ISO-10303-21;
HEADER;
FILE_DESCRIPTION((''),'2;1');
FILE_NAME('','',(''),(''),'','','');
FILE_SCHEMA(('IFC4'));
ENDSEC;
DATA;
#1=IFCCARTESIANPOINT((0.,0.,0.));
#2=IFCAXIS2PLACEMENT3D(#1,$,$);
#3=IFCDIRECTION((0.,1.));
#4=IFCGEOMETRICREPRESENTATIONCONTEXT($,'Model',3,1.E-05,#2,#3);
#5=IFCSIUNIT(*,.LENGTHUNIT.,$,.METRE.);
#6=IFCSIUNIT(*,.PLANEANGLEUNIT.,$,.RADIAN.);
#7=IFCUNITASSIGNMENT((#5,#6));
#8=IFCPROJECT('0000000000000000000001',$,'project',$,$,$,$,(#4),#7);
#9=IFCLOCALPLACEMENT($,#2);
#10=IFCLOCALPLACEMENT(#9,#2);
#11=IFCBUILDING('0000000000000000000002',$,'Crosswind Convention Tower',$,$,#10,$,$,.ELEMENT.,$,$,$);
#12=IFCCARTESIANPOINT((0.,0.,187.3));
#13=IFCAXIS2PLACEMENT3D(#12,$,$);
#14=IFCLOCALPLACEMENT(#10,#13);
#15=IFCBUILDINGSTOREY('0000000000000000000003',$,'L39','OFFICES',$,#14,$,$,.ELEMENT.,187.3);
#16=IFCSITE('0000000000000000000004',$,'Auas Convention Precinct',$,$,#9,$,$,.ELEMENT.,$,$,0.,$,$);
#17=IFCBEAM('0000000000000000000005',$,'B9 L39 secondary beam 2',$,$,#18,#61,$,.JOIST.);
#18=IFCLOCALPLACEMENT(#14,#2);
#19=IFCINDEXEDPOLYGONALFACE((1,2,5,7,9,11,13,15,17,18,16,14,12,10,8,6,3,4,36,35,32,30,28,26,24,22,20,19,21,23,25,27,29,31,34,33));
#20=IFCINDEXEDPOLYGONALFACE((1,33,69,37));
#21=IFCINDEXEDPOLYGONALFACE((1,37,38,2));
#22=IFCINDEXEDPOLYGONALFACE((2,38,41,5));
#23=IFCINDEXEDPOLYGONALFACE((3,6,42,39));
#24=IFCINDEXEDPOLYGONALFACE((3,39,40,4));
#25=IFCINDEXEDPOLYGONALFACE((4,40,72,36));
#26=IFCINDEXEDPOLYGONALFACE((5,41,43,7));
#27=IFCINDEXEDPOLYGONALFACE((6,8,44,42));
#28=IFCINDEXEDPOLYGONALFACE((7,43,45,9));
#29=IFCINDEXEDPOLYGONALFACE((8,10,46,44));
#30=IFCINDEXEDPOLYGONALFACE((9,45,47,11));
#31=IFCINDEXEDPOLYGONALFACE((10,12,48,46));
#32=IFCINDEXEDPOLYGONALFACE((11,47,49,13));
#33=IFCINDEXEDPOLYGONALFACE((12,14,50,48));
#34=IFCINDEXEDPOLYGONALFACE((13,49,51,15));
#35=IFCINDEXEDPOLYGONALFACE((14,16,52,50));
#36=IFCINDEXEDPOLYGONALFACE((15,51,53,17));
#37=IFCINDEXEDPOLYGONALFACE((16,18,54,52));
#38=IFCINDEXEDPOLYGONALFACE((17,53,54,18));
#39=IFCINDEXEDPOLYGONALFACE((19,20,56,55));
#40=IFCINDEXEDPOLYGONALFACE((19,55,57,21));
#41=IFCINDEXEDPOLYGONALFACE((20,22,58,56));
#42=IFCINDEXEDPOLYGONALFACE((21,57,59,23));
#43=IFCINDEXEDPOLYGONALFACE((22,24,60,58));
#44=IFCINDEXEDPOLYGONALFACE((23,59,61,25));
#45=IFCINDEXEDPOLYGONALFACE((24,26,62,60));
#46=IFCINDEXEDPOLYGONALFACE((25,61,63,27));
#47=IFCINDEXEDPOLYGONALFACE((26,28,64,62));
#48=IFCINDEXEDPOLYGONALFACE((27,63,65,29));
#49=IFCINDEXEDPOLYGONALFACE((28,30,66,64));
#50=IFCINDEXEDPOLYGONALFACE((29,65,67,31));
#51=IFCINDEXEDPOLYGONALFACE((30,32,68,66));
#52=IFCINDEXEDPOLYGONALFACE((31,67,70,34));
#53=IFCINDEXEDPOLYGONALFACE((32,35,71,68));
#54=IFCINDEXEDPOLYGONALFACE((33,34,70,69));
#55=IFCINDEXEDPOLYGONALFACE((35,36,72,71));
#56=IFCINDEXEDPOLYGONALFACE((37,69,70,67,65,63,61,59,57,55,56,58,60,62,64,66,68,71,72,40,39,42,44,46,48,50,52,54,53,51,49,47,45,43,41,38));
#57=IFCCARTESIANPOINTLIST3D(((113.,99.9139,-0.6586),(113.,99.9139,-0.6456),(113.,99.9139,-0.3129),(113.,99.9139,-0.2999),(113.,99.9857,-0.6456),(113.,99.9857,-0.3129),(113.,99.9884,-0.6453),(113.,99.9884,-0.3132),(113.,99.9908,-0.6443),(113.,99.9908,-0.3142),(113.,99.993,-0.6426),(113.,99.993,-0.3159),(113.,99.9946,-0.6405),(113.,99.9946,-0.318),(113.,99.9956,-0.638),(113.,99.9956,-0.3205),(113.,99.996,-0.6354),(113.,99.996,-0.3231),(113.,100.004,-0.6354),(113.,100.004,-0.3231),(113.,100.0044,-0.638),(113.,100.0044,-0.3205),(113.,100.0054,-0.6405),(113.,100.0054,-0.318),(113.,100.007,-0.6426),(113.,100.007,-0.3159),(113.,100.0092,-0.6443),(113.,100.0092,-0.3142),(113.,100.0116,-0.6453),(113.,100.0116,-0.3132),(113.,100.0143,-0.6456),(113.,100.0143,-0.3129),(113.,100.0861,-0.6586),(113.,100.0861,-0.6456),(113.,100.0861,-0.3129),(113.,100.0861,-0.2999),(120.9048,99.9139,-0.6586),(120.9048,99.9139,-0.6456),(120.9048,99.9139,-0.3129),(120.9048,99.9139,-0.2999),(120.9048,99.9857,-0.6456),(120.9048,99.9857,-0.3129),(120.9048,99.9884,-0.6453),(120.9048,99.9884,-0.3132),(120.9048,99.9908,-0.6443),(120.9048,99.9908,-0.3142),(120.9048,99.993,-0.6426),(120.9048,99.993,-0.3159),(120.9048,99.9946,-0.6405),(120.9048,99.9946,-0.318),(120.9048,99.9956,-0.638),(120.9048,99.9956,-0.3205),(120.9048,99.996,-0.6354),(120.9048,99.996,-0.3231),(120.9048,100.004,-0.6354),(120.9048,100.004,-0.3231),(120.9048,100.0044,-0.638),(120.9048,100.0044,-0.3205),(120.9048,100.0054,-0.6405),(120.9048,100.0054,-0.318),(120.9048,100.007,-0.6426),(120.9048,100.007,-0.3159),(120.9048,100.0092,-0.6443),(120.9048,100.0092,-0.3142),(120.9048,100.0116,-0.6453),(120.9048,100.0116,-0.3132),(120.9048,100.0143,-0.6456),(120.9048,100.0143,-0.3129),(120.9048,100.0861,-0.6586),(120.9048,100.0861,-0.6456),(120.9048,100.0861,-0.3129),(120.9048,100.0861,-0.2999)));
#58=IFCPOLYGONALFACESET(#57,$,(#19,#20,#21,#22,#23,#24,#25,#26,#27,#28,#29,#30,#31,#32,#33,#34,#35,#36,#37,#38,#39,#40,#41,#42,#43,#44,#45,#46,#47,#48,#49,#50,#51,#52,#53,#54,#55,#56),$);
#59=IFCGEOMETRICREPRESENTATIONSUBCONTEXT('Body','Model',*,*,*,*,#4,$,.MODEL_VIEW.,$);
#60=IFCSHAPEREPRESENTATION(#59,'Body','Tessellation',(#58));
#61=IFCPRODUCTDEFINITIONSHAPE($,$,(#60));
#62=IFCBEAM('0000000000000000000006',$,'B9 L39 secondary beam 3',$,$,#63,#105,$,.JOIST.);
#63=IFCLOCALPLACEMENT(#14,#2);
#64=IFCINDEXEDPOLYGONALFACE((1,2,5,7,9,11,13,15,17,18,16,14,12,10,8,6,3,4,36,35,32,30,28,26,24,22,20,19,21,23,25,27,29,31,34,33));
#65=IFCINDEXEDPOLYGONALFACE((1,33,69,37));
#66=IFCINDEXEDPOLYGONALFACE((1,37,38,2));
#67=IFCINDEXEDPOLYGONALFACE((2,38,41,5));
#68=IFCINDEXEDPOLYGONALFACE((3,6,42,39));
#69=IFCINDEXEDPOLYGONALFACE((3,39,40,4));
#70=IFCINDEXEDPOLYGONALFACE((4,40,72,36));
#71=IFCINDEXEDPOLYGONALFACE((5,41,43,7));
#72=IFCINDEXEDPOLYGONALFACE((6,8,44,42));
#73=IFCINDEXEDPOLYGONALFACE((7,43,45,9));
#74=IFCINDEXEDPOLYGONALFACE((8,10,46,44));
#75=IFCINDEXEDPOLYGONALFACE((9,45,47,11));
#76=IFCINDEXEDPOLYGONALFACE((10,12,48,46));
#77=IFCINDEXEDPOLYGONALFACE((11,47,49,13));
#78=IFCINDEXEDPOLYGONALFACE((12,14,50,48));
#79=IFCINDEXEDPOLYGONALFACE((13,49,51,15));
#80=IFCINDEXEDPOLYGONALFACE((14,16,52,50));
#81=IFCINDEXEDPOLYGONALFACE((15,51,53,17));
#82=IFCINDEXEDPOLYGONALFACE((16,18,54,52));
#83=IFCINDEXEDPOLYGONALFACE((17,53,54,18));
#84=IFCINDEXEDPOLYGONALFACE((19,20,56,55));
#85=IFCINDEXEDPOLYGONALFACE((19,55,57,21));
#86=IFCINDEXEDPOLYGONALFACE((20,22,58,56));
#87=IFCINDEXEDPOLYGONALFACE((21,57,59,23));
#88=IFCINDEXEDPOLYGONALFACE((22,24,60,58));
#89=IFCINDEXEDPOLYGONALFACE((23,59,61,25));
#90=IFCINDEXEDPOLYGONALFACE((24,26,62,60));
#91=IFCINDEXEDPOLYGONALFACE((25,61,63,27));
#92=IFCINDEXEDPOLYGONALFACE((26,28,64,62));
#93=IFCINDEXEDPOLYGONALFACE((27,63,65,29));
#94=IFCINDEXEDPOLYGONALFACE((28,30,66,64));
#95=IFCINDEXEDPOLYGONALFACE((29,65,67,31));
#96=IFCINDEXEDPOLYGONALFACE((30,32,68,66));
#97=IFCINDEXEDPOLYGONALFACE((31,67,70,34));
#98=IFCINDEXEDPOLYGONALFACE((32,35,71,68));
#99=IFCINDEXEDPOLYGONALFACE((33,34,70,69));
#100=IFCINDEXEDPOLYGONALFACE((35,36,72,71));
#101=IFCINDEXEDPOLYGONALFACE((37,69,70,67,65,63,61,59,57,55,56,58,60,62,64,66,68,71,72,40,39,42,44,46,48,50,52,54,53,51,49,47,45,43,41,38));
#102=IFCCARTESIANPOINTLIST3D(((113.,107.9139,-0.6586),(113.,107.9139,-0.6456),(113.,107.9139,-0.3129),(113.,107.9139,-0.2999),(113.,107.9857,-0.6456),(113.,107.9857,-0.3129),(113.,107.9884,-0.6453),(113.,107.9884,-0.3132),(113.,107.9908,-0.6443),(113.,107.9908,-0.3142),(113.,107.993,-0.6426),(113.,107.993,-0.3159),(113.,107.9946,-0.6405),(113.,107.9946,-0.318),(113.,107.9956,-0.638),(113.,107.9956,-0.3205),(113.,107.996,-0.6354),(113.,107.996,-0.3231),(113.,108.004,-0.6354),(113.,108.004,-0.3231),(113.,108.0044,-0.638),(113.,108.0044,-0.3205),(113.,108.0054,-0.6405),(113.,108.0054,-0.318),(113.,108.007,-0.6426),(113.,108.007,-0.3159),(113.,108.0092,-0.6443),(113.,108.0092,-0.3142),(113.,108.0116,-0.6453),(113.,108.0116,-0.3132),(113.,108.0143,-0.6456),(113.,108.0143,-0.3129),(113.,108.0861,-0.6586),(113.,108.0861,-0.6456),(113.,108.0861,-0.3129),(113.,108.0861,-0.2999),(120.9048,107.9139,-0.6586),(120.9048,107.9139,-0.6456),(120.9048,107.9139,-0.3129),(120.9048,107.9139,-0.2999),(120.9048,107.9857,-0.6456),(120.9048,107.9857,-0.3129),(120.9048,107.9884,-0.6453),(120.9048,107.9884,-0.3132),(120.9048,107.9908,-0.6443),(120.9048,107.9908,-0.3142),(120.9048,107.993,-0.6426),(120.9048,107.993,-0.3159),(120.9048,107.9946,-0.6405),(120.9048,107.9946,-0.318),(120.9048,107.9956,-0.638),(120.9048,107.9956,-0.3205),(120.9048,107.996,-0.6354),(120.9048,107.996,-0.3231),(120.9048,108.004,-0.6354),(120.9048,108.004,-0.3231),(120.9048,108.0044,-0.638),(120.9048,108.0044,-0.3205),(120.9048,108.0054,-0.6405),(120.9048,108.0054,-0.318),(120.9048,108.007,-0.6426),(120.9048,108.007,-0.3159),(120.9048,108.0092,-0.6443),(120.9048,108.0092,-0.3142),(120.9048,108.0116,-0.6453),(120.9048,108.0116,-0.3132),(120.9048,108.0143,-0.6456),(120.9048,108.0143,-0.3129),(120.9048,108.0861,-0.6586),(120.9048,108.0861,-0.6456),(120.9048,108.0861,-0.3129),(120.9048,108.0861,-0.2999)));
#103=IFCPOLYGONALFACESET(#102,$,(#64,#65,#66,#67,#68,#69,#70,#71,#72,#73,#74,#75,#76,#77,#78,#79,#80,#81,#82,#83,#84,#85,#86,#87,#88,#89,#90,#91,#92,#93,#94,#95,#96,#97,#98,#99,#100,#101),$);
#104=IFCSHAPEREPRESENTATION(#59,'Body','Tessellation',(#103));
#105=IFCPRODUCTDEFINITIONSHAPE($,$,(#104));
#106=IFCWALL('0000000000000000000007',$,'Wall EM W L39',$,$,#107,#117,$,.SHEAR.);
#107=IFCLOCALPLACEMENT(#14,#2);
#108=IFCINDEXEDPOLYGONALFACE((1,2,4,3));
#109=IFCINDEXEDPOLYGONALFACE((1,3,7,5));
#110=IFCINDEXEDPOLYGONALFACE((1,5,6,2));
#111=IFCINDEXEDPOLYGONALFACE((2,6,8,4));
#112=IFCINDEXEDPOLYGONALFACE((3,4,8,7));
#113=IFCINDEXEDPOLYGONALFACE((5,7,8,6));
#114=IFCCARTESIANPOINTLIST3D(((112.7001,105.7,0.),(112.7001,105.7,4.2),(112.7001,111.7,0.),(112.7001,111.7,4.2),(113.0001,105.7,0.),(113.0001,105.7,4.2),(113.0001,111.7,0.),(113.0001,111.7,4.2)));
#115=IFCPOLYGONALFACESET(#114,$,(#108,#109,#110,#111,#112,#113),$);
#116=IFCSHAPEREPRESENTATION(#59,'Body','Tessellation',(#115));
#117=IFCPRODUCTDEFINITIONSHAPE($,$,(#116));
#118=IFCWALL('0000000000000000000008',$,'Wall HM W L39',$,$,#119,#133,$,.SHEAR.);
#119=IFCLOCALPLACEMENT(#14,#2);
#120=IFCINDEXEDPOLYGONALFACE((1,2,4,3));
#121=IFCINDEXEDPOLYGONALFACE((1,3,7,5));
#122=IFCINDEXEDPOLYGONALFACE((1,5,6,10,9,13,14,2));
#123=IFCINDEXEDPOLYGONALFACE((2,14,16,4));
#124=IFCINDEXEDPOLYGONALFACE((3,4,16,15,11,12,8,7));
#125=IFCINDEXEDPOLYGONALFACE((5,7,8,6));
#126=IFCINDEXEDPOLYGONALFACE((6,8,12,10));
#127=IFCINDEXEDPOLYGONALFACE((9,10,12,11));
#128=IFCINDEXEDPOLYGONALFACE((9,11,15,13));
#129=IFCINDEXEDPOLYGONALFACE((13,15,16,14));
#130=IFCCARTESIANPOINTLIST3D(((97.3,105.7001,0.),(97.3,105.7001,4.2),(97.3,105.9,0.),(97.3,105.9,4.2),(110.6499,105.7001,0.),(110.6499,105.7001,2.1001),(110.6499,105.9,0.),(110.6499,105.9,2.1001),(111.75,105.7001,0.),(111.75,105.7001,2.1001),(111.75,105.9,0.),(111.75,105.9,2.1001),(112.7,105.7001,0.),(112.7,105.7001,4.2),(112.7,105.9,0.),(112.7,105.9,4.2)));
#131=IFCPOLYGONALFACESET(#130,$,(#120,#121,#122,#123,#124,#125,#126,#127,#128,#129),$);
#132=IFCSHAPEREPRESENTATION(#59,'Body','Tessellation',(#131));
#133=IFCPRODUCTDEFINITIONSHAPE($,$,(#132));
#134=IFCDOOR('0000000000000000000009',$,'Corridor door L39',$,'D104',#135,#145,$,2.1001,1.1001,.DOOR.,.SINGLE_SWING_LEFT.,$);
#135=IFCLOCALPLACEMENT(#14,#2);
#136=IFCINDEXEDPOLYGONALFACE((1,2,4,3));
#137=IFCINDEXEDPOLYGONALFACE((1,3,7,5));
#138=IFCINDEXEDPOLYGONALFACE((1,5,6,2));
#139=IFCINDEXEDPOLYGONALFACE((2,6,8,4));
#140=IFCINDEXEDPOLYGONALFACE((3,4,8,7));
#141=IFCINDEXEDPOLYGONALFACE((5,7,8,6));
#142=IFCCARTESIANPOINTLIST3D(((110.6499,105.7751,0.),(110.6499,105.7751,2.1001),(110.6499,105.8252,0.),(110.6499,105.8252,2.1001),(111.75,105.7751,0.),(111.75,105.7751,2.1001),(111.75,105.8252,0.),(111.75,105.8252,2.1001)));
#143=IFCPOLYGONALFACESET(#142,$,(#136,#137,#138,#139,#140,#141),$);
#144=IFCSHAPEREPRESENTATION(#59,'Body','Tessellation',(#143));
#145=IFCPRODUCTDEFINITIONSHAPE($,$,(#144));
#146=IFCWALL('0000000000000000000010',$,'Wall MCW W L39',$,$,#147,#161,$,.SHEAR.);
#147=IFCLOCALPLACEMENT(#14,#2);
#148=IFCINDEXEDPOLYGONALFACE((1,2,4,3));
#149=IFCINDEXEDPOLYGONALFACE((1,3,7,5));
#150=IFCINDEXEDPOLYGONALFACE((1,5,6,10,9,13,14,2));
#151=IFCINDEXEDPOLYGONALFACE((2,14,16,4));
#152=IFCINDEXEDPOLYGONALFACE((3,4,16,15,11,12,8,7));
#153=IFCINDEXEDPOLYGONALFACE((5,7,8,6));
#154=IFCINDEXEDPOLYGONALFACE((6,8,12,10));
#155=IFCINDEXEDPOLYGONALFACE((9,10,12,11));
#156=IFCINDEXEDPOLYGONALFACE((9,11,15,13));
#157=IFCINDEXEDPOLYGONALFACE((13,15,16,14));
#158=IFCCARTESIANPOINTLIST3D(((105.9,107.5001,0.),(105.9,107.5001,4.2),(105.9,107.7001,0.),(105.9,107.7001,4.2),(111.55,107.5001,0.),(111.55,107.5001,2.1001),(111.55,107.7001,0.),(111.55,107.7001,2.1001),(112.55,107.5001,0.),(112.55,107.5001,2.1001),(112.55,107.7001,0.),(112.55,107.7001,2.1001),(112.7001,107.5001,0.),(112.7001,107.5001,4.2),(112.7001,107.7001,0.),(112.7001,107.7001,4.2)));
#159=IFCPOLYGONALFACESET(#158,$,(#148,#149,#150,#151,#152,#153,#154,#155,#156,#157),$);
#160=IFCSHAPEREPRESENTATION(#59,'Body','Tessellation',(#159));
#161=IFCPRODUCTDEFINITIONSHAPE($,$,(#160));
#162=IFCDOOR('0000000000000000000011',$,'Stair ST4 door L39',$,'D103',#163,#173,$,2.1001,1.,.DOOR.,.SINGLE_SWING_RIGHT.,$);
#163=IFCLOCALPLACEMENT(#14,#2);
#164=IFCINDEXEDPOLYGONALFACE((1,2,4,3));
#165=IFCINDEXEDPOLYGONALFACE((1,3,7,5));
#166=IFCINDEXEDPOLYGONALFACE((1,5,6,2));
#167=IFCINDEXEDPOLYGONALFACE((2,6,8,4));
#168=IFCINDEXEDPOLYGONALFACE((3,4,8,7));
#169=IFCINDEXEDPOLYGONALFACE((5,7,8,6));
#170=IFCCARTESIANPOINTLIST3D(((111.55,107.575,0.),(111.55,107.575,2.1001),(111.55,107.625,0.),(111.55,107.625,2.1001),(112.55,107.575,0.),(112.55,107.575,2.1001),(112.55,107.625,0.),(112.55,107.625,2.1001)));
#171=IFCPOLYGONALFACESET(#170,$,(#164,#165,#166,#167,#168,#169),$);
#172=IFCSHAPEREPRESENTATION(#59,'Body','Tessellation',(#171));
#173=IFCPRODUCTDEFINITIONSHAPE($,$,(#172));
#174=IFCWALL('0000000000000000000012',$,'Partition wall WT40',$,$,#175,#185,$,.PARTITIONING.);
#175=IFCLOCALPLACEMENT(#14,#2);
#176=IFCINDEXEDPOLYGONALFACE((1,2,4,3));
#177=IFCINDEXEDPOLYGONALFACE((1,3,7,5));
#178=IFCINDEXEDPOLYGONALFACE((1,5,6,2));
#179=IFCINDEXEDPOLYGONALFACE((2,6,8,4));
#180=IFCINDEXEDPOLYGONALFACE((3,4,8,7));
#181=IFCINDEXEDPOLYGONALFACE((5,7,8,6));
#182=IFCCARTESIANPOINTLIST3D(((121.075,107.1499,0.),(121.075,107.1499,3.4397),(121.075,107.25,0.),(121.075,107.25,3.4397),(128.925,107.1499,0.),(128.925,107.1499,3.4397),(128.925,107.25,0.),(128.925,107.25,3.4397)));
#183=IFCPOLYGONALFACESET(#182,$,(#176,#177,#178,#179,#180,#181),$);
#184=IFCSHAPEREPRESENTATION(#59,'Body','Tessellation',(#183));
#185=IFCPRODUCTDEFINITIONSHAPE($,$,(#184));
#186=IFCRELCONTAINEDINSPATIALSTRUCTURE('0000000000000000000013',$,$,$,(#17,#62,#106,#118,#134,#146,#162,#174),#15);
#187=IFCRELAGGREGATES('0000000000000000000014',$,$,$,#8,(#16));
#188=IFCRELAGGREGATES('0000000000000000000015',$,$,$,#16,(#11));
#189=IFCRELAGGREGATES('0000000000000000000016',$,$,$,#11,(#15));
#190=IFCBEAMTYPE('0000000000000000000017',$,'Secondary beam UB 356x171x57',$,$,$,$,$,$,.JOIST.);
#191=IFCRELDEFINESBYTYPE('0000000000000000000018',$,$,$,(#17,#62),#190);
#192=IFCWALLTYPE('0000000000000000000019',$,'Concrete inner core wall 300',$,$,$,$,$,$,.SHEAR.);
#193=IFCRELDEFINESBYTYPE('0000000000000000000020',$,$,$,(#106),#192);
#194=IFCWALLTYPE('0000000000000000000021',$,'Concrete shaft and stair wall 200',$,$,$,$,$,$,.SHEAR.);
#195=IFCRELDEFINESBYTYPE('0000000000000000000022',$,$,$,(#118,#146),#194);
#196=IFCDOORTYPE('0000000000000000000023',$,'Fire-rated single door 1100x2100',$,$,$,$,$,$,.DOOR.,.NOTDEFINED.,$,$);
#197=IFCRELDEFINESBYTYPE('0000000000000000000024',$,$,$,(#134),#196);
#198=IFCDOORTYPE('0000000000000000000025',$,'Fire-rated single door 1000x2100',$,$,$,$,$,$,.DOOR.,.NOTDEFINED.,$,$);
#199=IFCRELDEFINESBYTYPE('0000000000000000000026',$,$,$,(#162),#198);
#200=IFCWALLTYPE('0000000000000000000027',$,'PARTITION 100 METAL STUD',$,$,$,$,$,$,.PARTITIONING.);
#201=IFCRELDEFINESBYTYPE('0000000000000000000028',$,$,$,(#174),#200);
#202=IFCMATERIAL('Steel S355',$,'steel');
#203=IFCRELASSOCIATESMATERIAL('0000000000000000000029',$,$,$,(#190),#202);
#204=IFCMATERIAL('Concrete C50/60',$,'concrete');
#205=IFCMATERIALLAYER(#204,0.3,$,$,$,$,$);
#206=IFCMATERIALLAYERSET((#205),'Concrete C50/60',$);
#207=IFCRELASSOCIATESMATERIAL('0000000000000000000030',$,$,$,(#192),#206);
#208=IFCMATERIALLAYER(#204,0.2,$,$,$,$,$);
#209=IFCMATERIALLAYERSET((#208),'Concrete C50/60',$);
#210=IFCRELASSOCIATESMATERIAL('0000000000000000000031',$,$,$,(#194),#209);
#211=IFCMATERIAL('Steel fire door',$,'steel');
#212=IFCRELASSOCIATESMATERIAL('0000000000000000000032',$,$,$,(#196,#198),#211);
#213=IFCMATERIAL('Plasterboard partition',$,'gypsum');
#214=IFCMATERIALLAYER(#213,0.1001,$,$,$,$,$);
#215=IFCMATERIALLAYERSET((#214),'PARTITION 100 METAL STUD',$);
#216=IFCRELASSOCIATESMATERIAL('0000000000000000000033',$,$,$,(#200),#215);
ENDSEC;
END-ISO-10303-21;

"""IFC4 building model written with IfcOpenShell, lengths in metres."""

from ifc_helpers import new_model, si_unit, direction, frame, frame_2d, origin, origin_2d, place, context, subcontext, project, spatial, rectangle, i_section, extrude, material, layer, layer_set, material_profile, profile_set, type_object, element, fill, save


model = new_model("IFC4")

# Units and contexts
model_context = context("Model", 3, precision=1e-05, world=origin(), true_north=direction((0.0, 1.0)))
body_context = subcontext(model_context, "Body", "Model", "MODEL_VIEW")
ifc_project = project(units=[si_unit("LENGTHUNIT", "METRE"), si_unit("PLANEANGLEUNIT", "RADIAN")], contexts=[model_context])

# Site, building, storey
site_placement = place(None, origin())
site = spatial("IfcSite", under=ifc_project, at=site_placement, Name="Auas Convention Precinct", CompositionType="ELEMENT", RefElevation=0.0)
building_placement = place(site_placement, origin())
building = spatial("IfcBuilding", under=site, at=building_placement, Name="Crosswind Convention Tower", CompositionType="ELEMENT")
storey_placement = place(building_placement, frame((0.0, 0.0, 187.3)))
storey = spatial("IfcBuildingStorey", under=building, at=storey_placement, Name="L39", Description="OFFICES", CompositionType="ELEMENT", Elevation=187.3)

# Beams
ifc_material_1 = material(Name="Steel S355", Category="steel")
ifc_material_profile_1 = material_profile(ifc_material_1, i_section(OverallWidth=0.1721, OverallDepth=0.3586, WebThickness=0.0081, FlangeThickness=0.0129, FilletRadius=0.0103, at=origin_2d()), Name="UB 356x171x57")
ifc_profile_set_1 = profile_set([ifc_material_profile_1], Name="Steel S355")
beam_type_1 = type_object("IfcBeamType", Name="Secondary beam UB 356x171x57", PredefinedType="JOIST", material=ifc_profile_set_1)
for number, where, z_axis, x_axis, name in (
    (1, (113.0, 100.0, -0.4792), (1.0, 0.0, 0.0), (0.0, 1.0, 0.0), "B9 L39 secondary beam 2"),
    (2, (113.0, 108.0, -0.4792), (1.0, 0.0, 0.0), (0.0, 1.0, 0.0), "B9 L39 secondary beam 3"),
):
    element("IfcBeam", number, at=place(storey_placement, frame(where, z_axis=z_axis, x_axis=x_axis)), inside=storey, type_object=beam_type_1, Name=name, PredefinedType="JOIST", context=body_context, shape_type="SweptSolid", body=[
        extrude(i_section(OverallWidth=0.1721, OverallDepth=0.3586, WebThickness=0.0081, FlangeThickness=0.0129, FilletRadius=0.0103, at=origin_2d()), origin(), (0.0, 0.0, 1.0), 7.9048),
    ])

# Shared definitions
ifc_material_2 = material(Name="Concrete C50/60", Category="concrete")
ifc_layer_1 = layer(ifc_material_2, 0.3)
ifc_layer_set_1 = layer_set([ifc_layer_1], Name="Concrete C50/60")
wall_type_1 = type_object("IfcWallType", Name="Concrete inner core wall 300", PredefinedType="SHEAR", material=ifc_layer_set_1)

# Wall
wall_1_placement = place(storey_placement, frame((112.8501, 111.7, 0.0), z_axis=(0.0, 0.0, 1.0), x_axis=(0.0, -1.0, 0.0)))
element("IfcWall", 3, at=wall_1_placement, inside=storey, type_object=wall_type_1, Name="Wall EM W L39", PredefinedType="SHEAR", context=body_context, shape_type="SweptSolid", body=[
    extrude(rectangle(XDim=6.0, YDim=0.3, at=frame_2d((3.0, 0.0))), origin(), (0.0, 0.0, 1.0), 4.2),
])

# Walls, openings, doors
ifc_layer_2 = layer(ifc_material_2, 0.2)
ifc_layer_set_2 = layer_set([ifc_layer_2], Name="Concrete C50/60")
wall_type_2 = type_object("IfcWallType", Name="Concrete shaft and stair wall 200", PredefinedType="SHEAR", material=ifc_layer_set_2)
wall_2_placement = place(storey_placement, frame((112.7, 105.8, 0.0), z_axis=(0.0, 0.0, 1.0), x_axis=(-1.0, 0.0, 0.0)))
wall_2 = element("IfcWall", 4, at=wall_2_placement, inside=storey, type_object=wall_type_2, Name="Wall HM W L39", PredefinedType="SHEAR", context=body_context, shape_type="SweptSolid", body=[
    extrude(rectangle(XDim=15.3999, YDim=0.2, at=frame_2d((7.7, 0.0))), origin(), (0.0, 0.0, 1.0), 4.2),
])
opening_1_placement = place(wall_2_placement, frame((0.95, 0.0, 0.0)))
opening_1 = element("IfcOpeningElement", 5, at=opening_1_placement, cuts=wall_2, PredefinedType="OPENING", context=body_context, shape_type="SweptSolid", body=[
    extrude(rectangle(XDim=1.1001, YDim=2.1001, at=frame_2d((0.55, 1.05))), frame((0.0, 0.1099, 0.0), z_axis=(0.0, -1.0, 0.0), x_axis=(1.0, 0.0, 0.0)), (0.0, 0.0, 1.0), 0.22),
])
ifc_material_3 = material(Name="Steel fire door", Category="steel")
door_type_1 = type_object("IfcDoorType", Name="Fire-rated single door 1100x2100", OperationType="NOTDEFINED", PredefinedType="DOOR", material=ifc_material_3)
door_1_placement = place(opening_1_placement, origin())
door_1 = element("IfcDoor", 6, at=door_1_placement, inside=storey, type_object=door_type_1, Name="Corridor door L39", ObjectType="D104", OperationType="SINGLE_SWING_LEFT", OverallHeight=2.1001, OverallWidth=1.1001, PredefinedType="DOOR", context=body_context, shape_type="SweptSolid", body=[
    extrude(rectangle(XDim=1.1001, YDim=2.1001, at=frame_2d((0.55, 1.05))), frame((0.0, 0.0249, 0.0), z_axis=(0.0, -1.0, 0.0), x_axis=(1.0, 0.0, 0.0)), (0.0, 0.0, 1.0), 0.05),
])
fill(opening_1, door_1)
wall_3_placement = place(storey_placement, frame((112.7, 107.6001, 0.0), z_axis=(0.0, 0.0, 1.0), x_axis=(-1.0, 0.0, 0.0)))
wall_3 = element("IfcWall", 7, at=wall_3_placement, inside=storey, type_object=wall_type_2, Name="Wall MCW W L39", PredefinedType="SHEAR", context=body_context, shape_type="SweptSolid", body=[
    extrude(rectangle(XDim=6.8, YDim=0.2, at=frame_2d((3.3999, 0.0))), origin(), (0.0, 0.0, 1.0), 4.2),
])
opening_2_placement = place(wall_3_placement, frame((0.1499, 0.0, 0.0)))
opening_2 = element("IfcOpeningElement", 8, at=opening_2_placement, cuts=wall_3, PredefinedType="OPENING", context=body_context, shape_type="SweptSolid", body=[
    extrude(rectangle(XDim=1.0, YDim=2.1001, at=frame_2d((0.5, 1.05))), frame((0.0, 0.1099, 0.0), z_axis=(0.0, -1.0, 0.0), x_axis=(1.0, 0.0, 0.0)), (0.0, 0.0, 1.0), 0.22),
])
door_type_2 = type_object("IfcDoorType", Name="Fire-rated single door 1000x2100", OperationType="NOTDEFINED", PredefinedType="DOOR", material=ifc_material_3)
door_2_placement = place(opening_2_placement, frame((1.0, 0.0, 0.0), z_axis=(0.0, 0.0, 1.0), x_axis=(-1.0, 0.0, 0.0)))
door_2 = element("IfcDoor", 9, at=door_2_placement, inside=storey, type_object=door_type_2, Name="Stair ST4 door L39", ObjectType="D103", OperationType="SINGLE_SWING_RIGHT", OverallHeight=2.1001, OverallWidth=1.0, PredefinedType="DOOR", context=body_context, shape_type="SweptSolid", body=[
    extrude(rectangle(XDim=1.0, YDim=2.1001, at=frame_2d((0.5, 1.05))), frame((0.0, 0.0249, 0.0), z_axis=(0.0, -1.0, 0.0), x_axis=(1.0, 0.0, 0.0)), (0.0, 0.0, 1.0), 0.05),
])
fill(opening_2, door_2)

# Wall
ifc_material_4 = material(Name="Plasterboard partition", Category="gypsum")
ifc_layer_3 = layer(ifc_material_4, 0.1001)
ifc_layer_set_3 = layer_set([ifc_layer_3], Name="PARTITION 100 METAL STUD")
wall_type_3 = type_object("IfcWallType", Name="PARTITION 100 METAL STUD", PredefinedType="PARTITIONING", material=ifc_layer_set_3)
wall_4_placement = place(storey_placement, frame((121.075, 107.2, 0.0), z_axis=(0.0, 0.0, 1.0), x_axis=(1.0, 0.0, 0.0)))
element("IfcWall", 10, at=wall_4_placement, inside=storey, type_object=wall_type_3, Name="Partition wall WT40", PredefinedType="PARTITIONING", context=body_context, shape_type="SweptSolid", body=[
    extrude(rectangle(XDim=7.8501, YDim=0.1001, at=frame_2d((3.925, 0.0))), origin(), (0.0, 0.0, 1.0), 3.4397),
])

save(model, "model.ifc")
